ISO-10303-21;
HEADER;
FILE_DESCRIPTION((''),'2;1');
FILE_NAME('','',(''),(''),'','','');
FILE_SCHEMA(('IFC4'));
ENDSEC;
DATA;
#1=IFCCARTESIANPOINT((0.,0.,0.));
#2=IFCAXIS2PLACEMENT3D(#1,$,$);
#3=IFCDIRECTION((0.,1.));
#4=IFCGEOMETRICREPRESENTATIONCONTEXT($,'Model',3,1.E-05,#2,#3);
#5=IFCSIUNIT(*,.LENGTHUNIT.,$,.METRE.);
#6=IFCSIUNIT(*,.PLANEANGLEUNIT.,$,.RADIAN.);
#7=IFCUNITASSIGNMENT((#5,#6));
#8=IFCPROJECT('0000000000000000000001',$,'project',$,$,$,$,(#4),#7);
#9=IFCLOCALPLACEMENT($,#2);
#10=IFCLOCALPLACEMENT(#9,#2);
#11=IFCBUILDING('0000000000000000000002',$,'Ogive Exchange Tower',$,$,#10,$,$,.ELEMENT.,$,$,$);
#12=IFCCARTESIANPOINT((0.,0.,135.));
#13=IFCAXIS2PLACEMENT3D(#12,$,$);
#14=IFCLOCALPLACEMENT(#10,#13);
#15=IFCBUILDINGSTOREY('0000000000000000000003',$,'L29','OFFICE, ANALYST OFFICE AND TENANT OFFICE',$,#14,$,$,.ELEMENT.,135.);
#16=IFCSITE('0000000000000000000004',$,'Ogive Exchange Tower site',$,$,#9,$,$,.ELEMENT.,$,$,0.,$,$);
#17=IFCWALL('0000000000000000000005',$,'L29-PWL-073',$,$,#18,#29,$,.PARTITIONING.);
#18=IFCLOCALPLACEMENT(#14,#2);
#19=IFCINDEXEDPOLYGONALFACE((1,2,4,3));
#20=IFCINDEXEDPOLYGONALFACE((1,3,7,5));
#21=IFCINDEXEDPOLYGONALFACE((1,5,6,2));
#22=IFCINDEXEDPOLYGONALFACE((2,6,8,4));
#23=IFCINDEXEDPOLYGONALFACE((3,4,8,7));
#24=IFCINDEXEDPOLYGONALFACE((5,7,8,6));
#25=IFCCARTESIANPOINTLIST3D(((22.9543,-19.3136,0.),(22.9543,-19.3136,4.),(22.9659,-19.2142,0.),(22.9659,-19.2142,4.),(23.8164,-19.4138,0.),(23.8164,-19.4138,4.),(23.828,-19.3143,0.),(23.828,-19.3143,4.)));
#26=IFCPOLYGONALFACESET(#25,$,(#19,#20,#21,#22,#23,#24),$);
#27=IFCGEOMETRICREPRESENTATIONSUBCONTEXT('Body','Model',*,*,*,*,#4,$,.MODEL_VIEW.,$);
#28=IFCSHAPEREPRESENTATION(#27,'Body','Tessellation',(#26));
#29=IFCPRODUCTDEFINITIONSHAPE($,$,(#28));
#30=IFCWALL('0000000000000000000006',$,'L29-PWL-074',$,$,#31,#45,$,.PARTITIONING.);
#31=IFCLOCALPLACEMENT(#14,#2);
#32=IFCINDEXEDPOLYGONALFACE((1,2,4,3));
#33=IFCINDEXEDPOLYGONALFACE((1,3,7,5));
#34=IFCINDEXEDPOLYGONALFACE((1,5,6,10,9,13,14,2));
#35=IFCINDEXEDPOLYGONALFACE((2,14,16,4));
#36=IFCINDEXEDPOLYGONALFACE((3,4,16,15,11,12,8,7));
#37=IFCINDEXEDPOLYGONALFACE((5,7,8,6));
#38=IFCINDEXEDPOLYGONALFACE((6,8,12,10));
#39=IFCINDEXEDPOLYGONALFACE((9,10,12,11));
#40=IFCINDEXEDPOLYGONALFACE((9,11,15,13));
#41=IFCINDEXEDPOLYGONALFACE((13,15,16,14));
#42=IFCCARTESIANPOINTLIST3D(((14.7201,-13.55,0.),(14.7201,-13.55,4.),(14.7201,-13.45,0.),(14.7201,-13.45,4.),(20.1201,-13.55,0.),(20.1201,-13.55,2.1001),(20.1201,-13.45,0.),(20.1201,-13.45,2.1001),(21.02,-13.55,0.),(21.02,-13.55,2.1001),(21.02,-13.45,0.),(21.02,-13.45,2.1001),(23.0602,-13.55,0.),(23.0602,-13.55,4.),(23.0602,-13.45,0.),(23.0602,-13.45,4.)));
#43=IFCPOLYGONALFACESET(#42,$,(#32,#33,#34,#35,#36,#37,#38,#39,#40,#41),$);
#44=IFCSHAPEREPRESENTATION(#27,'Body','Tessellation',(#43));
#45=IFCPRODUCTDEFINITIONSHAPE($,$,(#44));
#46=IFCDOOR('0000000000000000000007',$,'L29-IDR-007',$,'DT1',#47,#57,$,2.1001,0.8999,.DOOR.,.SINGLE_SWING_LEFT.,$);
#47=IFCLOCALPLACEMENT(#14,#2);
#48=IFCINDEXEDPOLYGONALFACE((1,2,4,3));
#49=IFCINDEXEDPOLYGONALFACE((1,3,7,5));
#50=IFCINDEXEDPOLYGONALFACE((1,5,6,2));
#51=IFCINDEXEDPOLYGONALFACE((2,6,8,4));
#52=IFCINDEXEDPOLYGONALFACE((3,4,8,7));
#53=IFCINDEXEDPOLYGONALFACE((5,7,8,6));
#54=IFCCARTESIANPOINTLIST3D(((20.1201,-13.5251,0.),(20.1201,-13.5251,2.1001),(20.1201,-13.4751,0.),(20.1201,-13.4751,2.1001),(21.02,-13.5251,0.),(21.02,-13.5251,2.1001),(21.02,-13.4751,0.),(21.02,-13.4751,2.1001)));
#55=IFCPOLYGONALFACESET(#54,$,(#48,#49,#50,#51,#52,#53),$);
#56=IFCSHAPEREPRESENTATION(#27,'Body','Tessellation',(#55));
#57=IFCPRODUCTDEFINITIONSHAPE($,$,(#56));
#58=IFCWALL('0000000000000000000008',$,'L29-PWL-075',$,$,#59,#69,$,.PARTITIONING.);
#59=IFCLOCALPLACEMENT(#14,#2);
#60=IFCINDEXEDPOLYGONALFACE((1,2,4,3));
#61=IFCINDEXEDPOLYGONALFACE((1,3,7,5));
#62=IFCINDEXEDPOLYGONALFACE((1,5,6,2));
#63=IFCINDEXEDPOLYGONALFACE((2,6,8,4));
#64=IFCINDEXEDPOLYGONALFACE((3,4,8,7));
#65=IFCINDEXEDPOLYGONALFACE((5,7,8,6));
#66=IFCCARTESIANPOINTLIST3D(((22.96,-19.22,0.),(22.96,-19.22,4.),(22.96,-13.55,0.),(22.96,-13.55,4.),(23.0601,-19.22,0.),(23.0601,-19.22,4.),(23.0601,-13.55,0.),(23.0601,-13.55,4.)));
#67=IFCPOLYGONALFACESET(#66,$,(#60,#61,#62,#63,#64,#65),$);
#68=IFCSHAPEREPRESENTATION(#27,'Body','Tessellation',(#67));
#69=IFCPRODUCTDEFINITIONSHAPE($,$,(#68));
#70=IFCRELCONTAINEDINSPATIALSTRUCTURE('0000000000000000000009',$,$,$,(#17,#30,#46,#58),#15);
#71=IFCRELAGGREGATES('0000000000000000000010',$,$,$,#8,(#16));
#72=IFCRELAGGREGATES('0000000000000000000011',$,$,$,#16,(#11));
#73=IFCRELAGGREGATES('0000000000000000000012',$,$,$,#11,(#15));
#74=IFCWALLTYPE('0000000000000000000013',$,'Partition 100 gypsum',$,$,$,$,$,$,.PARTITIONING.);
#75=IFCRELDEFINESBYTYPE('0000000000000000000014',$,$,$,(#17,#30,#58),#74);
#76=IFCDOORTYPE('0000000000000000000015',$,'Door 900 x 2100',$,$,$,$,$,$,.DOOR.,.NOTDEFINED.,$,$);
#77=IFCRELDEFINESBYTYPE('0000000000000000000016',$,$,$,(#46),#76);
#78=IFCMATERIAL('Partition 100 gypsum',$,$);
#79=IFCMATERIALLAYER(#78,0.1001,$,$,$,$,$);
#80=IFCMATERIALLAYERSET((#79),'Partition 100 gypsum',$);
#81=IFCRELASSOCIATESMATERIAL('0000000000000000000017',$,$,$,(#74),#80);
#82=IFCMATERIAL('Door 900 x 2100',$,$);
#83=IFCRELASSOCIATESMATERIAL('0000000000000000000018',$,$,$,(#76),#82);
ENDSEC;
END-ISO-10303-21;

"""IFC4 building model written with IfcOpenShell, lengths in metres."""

from ifc_helpers import new_model, si_unit, direction, frame, frame_2d, origin, place, context, subcontext, project, spatial, rectangle, extrude, material, layer, layer_set, type_object, element, fill, save


model = new_model("IFC4")

# Units and contexts
model_context = context("Model", 3, precision=1e-05, world=origin(), true_north=direction((0.0, 1.0)))
body_context = subcontext(model_context, "Body", "Model", "MODEL_VIEW")
ifc_project = project(units=[si_unit("LENGTHUNIT", "METRE"), si_unit("PLANEANGLEUNIT", "RADIAN")], contexts=[model_context])

# Site, building, storey
site_placement = place(None, origin())
site = spatial("IfcSite", under=ifc_project, at=site_placement, Name="Ogive Exchange Tower site", CompositionType="ELEMENT", RefElevation=0.0)
building_placement = place(site_placement, origin())
building = spatial("IfcBuilding", under=site, at=building_placement, Name="Ogive Exchange Tower", CompositionType="ELEMENT")
storey_placement = place(building_placement, frame((0.0, 0.0, 135.0)))
storey = spatial("IfcBuildingStorey", under=building, at=storey_placement, Name="L29", Description="OFFICE, ANALYST OFFICE AND TENANT OFFICE", CompositionType="ELEMENT", Elevation=135.0)

# Wall
ifc_material_1 = material(Name="Partition 100 gypsum")
ifc_layer_1 = layer(ifc_material_1, 0.1001)
ifc_layer_set_1 = layer_set([ifc_layer_1], Name="Partition 100 gypsum")
wall_type_1 = type_object("IfcWallType", Name="Partition 100 gypsum", PredefinedType="PARTITIONING", material=ifc_layer_set_1)
wall_1_placement = place(storey_placement, frame((22.96, -19.2639, 0.0), z_axis=(0.0, 0.0, 1.0), x_axis=(0.993326, -0.115339, 0.0)))
element("IfcWall", 1, at=wall_1_placement, inside=storey, type_object=wall_type_1, Name="L29-PWL-073", PredefinedType="PARTITIONING", context=body_context, shape_type="SweptSolid", body=[
    extrude(rectangle(XDim=0.8679, YDim=0.1001, at=frame_2d((0.4341, 0.0))), origin(), (0.0, 0.0, 1.0), 4.0),
])

# Wall, opening, door
wall_2_placement = place(storey_placement, frame((23.0601, -13.5, 0.0), z_axis=(0.0, 0.0, 1.0), x_axis=(-1.0, 0.0, 0.0)))
wall_2 = element("IfcWall", 2, at=wall_2_placement, inside=storey, type_object=wall_type_1, Name="L29-PWL-074", PredefinedType="PARTITIONING", context=body_context, shape_type="SweptSolid", body=[
    extrude(rectangle(XDim=8.3401, YDim=0.1001, at=frame_2d((4.1699, 0.0))), origin(), (0.0, 0.0, 1.0), 4.0),
])
opening_1_placement = place(wall_2_placement, frame((2.04, 0.0, 0.0)))
opening_1 = element("IfcOpeningElement", 3, at=opening_1_placement, cuts=wall_2, PredefinedType="OPENING", context=body_context, shape_type="SweptSolid", body=[
    extrude(rectangle(XDim=0.8999, YDim=2.1001, at=frame_2d((0.45, 1.05))), frame((0.0, 0.0601, 0.0), z_axis=(0.0, -1.0, 0.0), x_axis=(1.0, 0.0, 0.0)), (0.0, 0.0, 1.0), 0.1201),
])
ifc_material_2 = material(Name="Door 900 x 2100")
door_type_1 = type_object("IfcDoorType", Name="Door 900 x 2100", OperationType="NOTDEFINED", PredefinedType="DOOR", material=ifc_material_2)
door_1_placement = place(opening_1_placement, frame((0.8999, 0.0, 0.0), z_axis=(0.0, 0.0, 1.0), x_axis=(-1.0, 0.0, 0.0)))
door_1 = element("IfcDoor", 4, at=door_1_placement, inside=storey, type_object=door_type_1, Name="L29-IDR-007", ObjectType="DT1", OperationType="SINGLE_SWING_LEFT", OverallHeight=2.1001, OverallWidth=0.8999, PredefinedType="DOOR", context=body_context, shape_type="SweptSolid", body=[
    extrude(rectangle(XDim=0.8999, YDim=2.1001, at=frame_2d((0.45, 1.05))), frame((0.0, 0.0249, 0.0), z_axis=(0.0, -1.0, 0.0), x_axis=(1.0, 0.0, 0.0)), (0.0, 0.0, 1.0), 0.05),
])
fill(opening_1, door_1)

# Wall
wall_3_placement = place(storey_placement, frame((23.01, -13.55, 0.0), z_axis=(0.0, 0.0, 1.0), x_axis=(0.0, -1.0, 0.0)))
element("IfcWall", 5, at=wall_3_placement, inside=storey, type_object=wall_type_1, Name="L29-PWL-075", PredefinedType="PARTITIONING", context=body_context, shape_type="SweptSolid", body=[
    extrude(rectangle(XDim=5.6699, YDim=0.1001, at=frame_2d((2.835, 0.0))), origin(), (0.0, 0.0, 1.0), 4.0),
])

save(model, "model.ifc")
